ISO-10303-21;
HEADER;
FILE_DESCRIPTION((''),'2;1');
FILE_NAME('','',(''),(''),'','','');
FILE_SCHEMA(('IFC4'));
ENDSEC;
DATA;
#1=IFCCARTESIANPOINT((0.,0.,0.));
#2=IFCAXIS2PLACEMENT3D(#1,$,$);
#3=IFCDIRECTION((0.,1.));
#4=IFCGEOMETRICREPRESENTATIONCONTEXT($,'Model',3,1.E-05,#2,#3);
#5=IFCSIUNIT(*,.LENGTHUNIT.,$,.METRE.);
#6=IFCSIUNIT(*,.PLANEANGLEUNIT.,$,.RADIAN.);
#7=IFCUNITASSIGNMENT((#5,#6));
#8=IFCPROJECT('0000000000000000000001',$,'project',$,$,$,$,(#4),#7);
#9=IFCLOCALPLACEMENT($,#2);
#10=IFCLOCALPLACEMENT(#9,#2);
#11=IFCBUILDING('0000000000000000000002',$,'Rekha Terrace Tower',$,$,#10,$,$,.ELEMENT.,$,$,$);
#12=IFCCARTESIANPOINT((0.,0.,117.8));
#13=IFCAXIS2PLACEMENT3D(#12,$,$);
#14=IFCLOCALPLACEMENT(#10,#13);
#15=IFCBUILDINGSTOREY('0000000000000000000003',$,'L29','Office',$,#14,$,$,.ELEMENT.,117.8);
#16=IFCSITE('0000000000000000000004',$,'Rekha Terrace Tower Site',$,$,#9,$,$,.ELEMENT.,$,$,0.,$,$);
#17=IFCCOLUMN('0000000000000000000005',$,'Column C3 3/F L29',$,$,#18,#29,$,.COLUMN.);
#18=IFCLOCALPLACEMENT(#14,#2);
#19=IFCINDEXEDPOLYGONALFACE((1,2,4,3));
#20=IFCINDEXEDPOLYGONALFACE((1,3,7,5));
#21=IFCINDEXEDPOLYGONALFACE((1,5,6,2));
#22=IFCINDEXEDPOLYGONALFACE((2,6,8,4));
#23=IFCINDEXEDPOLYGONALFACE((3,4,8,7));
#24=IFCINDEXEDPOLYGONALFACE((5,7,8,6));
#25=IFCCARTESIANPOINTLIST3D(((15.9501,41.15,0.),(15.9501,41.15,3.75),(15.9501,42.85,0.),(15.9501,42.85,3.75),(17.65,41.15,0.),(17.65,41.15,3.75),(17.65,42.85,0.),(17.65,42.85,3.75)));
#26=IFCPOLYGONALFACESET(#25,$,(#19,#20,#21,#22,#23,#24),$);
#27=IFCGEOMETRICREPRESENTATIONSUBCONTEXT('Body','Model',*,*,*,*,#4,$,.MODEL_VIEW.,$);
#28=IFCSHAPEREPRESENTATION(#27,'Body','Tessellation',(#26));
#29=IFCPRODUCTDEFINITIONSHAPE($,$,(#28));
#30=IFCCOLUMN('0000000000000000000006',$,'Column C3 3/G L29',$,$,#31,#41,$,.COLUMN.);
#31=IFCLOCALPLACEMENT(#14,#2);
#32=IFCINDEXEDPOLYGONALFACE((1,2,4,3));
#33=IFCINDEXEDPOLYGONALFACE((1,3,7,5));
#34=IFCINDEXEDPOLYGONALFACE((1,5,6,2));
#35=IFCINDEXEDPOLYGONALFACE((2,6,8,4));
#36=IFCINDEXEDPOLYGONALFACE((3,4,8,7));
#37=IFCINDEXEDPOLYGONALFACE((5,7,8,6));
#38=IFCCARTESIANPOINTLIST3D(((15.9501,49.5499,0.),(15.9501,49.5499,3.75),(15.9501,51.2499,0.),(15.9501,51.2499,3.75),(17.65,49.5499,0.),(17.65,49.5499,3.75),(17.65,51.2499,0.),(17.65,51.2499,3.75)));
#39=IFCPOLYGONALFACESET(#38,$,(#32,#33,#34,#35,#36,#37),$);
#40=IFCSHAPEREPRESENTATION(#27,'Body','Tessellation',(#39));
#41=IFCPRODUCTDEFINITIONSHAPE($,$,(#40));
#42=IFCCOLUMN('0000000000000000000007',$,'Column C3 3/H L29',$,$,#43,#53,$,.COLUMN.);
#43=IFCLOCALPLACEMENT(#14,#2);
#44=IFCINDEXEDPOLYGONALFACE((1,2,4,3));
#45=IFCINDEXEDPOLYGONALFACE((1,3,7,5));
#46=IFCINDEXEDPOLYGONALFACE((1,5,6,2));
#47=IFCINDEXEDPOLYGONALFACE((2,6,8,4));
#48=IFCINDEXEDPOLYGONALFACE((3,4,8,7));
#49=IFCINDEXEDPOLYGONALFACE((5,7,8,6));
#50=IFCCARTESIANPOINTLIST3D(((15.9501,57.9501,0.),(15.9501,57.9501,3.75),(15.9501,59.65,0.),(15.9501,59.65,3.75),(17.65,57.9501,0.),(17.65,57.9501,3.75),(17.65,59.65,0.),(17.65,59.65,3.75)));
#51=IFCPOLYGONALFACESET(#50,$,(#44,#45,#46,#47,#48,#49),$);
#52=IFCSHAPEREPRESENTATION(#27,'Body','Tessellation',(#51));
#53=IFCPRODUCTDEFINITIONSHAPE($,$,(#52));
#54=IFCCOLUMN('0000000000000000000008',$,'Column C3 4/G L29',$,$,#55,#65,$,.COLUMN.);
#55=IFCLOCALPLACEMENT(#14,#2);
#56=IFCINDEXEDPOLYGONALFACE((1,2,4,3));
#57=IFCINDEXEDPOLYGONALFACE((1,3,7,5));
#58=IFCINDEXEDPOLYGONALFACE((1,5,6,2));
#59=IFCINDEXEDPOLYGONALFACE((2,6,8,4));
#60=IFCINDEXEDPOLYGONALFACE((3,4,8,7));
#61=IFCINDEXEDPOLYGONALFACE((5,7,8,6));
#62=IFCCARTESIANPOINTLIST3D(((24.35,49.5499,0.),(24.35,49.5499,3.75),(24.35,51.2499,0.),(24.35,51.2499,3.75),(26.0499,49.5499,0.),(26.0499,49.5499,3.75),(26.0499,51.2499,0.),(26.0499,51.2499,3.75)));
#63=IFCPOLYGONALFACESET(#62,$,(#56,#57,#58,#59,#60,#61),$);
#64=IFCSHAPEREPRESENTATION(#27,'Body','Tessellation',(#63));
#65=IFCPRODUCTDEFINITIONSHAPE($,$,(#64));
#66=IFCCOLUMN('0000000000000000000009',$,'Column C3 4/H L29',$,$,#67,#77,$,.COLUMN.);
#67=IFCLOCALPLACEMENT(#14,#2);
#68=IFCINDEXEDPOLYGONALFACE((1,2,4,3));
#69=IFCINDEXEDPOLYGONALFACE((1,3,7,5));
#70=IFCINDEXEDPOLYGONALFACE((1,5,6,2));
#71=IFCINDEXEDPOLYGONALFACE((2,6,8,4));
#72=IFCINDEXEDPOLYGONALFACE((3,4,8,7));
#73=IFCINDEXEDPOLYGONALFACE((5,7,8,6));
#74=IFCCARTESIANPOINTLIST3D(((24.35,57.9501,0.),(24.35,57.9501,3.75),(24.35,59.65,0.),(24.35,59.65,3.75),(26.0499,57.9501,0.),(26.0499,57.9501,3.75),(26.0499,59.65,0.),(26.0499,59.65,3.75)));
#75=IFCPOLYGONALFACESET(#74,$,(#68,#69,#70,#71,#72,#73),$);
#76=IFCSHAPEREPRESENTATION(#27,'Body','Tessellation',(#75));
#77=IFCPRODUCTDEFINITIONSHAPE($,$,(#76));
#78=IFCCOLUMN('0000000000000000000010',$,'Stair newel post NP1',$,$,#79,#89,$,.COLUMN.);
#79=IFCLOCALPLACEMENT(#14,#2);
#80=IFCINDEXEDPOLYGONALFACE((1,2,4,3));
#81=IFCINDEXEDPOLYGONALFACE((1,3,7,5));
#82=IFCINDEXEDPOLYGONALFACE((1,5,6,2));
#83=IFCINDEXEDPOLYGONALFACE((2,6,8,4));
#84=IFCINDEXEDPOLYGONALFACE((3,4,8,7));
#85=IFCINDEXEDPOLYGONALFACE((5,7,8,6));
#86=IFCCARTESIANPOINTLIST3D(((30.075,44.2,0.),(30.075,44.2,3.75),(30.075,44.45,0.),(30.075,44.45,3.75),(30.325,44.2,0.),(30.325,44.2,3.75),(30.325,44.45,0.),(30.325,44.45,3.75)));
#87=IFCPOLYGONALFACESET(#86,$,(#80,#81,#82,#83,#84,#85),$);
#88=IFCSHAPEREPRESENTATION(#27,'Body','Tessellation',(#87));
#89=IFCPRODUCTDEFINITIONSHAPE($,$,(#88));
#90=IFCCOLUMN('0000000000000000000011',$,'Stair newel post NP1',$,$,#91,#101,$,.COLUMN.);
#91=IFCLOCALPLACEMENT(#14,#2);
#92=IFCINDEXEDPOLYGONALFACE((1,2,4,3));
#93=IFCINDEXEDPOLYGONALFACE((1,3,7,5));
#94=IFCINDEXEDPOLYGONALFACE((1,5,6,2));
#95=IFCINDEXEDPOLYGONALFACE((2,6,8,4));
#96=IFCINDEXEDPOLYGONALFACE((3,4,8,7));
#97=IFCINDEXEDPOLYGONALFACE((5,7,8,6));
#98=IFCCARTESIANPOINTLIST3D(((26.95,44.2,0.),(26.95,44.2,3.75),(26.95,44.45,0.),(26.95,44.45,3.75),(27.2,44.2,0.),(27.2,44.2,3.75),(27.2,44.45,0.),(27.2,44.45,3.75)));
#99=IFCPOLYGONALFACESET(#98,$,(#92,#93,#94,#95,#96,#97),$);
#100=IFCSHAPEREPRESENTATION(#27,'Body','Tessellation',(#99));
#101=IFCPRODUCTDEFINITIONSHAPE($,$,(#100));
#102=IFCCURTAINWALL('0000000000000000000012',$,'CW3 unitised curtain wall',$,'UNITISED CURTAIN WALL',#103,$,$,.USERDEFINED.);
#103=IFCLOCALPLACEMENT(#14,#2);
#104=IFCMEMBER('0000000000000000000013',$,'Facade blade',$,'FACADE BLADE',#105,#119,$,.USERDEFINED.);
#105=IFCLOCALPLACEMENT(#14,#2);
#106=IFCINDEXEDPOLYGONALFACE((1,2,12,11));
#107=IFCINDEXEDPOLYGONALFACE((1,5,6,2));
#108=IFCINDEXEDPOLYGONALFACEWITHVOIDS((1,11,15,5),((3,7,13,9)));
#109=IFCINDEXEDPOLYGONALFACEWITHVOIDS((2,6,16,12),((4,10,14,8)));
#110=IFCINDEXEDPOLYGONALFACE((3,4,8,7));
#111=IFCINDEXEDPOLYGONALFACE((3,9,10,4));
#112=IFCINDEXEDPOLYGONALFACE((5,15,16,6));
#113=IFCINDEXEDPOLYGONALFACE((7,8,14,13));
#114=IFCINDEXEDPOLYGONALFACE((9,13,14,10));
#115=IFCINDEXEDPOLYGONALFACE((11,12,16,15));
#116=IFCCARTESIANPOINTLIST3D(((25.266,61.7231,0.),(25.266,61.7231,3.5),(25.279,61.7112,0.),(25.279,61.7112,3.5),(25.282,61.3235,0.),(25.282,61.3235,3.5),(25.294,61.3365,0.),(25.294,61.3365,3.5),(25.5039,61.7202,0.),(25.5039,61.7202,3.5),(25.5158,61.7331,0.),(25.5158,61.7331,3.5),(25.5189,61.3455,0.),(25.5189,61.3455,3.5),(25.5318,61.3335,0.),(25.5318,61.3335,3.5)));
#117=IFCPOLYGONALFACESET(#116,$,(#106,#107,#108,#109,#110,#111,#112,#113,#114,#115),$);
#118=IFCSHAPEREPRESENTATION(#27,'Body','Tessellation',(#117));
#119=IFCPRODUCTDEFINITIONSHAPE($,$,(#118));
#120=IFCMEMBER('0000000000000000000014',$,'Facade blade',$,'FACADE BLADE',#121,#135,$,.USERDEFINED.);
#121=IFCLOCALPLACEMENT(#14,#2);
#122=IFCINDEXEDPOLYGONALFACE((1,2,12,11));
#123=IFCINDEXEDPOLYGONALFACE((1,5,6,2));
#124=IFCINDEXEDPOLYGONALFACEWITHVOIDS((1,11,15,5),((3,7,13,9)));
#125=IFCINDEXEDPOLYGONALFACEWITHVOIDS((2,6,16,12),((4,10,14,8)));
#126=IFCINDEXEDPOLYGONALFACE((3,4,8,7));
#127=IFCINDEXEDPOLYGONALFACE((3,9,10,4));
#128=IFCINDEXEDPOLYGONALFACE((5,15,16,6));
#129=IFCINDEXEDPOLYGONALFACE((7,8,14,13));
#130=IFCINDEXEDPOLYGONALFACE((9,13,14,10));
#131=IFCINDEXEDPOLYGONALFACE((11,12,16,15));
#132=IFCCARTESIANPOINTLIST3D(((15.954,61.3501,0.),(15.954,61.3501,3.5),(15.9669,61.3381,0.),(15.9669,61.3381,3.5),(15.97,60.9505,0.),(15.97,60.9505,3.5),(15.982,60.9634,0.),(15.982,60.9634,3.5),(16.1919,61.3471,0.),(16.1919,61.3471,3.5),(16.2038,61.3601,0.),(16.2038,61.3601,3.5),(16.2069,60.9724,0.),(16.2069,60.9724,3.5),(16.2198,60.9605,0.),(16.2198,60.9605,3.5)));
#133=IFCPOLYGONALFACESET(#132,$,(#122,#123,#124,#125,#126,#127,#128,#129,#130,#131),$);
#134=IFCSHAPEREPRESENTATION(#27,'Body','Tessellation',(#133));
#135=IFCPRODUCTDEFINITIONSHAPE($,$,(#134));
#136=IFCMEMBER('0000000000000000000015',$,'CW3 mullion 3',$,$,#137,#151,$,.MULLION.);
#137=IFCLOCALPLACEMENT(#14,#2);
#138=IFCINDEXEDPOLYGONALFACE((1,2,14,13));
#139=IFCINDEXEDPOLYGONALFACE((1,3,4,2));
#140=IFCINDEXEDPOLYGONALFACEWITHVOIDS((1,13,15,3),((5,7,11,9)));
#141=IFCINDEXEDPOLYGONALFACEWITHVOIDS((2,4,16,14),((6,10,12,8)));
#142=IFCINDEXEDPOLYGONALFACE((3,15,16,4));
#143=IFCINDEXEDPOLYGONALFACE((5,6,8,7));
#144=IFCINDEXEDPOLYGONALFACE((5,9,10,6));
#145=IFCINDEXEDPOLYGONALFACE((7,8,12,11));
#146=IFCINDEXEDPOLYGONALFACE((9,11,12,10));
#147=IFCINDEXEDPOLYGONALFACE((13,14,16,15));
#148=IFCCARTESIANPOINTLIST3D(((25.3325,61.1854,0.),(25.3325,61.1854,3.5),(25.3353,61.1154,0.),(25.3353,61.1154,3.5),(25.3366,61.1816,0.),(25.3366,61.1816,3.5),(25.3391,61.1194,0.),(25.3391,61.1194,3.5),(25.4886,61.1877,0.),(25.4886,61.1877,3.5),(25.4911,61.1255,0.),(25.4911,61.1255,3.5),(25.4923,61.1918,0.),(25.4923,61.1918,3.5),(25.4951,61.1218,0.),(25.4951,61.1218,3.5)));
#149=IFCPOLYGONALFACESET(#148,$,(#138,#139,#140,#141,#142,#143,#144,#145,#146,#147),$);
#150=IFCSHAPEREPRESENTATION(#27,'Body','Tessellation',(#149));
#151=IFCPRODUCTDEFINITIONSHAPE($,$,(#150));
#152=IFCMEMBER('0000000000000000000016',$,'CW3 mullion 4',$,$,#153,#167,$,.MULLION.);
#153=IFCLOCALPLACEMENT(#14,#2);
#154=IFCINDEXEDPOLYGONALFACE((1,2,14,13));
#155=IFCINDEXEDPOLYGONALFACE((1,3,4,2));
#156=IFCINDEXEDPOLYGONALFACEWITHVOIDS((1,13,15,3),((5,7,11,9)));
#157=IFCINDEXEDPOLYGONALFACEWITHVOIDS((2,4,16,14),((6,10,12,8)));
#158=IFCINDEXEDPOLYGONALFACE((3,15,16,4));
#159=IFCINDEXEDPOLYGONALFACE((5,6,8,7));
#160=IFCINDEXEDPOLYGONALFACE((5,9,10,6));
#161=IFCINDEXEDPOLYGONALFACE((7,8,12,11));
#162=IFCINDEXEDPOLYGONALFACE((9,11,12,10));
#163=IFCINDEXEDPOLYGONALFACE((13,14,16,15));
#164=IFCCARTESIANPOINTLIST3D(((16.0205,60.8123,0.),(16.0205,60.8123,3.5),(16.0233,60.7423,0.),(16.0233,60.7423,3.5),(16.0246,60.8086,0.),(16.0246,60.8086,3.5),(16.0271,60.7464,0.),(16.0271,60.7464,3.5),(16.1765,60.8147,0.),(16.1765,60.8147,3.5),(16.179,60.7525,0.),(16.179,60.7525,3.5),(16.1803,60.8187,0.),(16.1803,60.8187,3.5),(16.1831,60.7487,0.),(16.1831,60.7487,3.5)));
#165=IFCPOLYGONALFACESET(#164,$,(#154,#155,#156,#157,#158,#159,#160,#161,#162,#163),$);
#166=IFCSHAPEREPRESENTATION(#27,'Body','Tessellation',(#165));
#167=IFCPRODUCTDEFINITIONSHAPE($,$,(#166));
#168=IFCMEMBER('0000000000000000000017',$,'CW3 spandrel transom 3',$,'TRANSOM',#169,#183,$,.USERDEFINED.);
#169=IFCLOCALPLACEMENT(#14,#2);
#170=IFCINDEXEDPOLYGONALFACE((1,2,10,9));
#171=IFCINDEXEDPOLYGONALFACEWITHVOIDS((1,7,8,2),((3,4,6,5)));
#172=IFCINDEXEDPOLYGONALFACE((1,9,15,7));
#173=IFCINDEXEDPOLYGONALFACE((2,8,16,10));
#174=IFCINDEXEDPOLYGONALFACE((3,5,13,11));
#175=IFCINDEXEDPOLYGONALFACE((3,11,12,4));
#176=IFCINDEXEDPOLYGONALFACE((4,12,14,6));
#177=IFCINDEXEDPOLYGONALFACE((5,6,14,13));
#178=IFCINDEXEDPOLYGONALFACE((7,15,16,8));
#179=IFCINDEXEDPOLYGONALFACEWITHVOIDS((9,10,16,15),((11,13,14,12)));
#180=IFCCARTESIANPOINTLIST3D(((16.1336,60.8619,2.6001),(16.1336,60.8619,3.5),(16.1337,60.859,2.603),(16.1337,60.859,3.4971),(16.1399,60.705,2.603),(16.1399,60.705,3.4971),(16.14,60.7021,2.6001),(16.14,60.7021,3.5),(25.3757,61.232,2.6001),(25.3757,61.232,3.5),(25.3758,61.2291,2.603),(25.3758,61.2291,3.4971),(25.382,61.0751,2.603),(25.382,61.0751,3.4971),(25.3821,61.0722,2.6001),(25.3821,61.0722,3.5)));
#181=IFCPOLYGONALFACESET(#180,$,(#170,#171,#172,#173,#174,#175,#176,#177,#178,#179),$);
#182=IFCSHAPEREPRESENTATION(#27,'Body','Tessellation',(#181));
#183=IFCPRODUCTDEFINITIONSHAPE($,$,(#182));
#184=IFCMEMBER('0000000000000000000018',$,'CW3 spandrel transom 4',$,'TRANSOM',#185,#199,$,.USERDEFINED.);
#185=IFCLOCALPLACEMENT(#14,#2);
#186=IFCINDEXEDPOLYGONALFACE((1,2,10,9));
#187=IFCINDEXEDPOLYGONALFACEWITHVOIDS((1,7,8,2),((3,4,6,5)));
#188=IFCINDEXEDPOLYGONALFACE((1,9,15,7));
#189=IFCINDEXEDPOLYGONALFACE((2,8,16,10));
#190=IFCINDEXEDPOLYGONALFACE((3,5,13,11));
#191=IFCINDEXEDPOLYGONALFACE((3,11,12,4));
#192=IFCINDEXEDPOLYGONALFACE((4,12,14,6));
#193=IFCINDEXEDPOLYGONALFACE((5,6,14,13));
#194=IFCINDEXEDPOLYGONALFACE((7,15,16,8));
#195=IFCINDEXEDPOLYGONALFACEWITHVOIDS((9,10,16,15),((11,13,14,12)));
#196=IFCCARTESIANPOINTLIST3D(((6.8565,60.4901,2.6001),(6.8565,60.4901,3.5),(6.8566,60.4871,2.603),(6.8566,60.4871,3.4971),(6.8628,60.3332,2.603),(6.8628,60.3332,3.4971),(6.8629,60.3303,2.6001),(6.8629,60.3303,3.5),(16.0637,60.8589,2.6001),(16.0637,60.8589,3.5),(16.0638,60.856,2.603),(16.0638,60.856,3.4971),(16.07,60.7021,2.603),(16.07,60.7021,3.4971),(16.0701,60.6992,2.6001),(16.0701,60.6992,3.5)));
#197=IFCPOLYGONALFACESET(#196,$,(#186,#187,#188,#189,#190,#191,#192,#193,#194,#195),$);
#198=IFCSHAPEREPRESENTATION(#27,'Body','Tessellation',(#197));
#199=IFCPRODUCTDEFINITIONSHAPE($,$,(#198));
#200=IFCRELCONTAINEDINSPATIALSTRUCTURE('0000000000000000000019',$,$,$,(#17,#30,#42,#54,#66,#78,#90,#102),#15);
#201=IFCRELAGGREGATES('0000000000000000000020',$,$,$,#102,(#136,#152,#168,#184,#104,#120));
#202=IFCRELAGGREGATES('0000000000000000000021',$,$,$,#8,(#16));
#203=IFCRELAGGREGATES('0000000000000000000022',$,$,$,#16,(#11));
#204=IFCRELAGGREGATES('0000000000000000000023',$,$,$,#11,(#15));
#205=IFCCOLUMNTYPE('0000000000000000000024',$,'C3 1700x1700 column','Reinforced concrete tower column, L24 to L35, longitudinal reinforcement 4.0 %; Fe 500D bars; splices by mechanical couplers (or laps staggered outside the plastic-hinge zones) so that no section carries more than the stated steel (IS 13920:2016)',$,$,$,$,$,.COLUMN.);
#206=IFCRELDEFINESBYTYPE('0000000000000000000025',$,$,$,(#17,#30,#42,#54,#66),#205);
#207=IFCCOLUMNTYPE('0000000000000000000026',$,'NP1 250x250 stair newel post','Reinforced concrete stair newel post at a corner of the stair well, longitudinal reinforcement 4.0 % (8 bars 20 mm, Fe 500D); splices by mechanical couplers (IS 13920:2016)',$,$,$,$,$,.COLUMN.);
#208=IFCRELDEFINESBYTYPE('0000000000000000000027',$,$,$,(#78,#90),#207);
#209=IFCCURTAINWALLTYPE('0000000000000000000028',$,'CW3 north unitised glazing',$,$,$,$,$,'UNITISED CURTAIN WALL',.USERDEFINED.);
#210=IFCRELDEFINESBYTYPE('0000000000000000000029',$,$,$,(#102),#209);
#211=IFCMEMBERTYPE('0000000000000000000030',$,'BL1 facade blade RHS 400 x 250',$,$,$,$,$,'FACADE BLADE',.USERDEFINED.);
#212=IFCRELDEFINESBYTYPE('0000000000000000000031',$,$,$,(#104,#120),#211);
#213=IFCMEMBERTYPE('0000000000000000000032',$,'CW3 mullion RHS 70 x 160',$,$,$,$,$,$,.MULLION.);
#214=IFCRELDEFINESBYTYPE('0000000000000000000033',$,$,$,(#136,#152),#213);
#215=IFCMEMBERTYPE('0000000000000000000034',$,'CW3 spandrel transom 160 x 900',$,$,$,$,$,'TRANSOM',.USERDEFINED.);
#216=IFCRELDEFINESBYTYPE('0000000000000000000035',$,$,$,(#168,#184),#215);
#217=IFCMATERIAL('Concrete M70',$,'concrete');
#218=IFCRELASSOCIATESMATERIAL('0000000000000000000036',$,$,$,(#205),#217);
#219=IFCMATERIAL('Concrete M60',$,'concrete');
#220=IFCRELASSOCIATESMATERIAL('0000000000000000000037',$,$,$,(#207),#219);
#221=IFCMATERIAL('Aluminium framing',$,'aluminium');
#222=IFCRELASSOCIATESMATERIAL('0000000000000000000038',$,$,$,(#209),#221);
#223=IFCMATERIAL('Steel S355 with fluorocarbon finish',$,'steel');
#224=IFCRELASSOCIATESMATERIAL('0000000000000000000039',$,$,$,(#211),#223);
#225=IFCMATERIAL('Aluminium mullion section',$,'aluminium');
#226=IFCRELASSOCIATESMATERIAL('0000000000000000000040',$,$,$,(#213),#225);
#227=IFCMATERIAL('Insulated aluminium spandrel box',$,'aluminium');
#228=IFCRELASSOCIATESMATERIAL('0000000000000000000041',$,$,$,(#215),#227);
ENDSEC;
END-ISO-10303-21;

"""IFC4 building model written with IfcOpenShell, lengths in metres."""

from ifc_helpers import new_model, si_unit, direction, frame, origin, origin_2d, place, context, subcontext, project, spatial, rectangle, hollow_rectangle, extrude, material, material_profile, profile_set, type_object, element, aggregate, save


model = new_model("IFC4")

# Units and contexts
model_context = context("Model", 3, precision=1e-05, world=origin(), true_north=direction((0.0, 1.0)))
body_context = subcontext(model_context, "Body", "Model", "MODEL_VIEW")
ifc_project = project(units=[si_unit("LENGTHUNIT", "METRE"), si_unit("PLANEANGLEUNIT", "RADIAN")], contexts=[model_context])

# Site, building, storey
site_placement = place(None, origin())
site = spatial("IfcSite", under=ifc_project, at=site_placement, Name="Rekha Terrace Tower Site", CompositionType="ELEMENT", RefElevation=0.0)
building_placement = place(site_placement, origin())
building = spatial("IfcBuilding", under=site, at=building_placement, Name="Rekha Terrace Tower", CompositionType="ELEMENT")
storey_placement = place(building_placement, frame((0.0, 0.0, 117.8)))
storey = spatial("IfcBuildingStorey", under=building, at=storey_placement, Name="L29", Description="Office", CompositionType="ELEMENT", Elevation=117.8)

# Columns
ifc_material_1 = material(Name="Concrete M70", Category="concrete")
ifc_material_profile_1 = material_profile(ifc_material_1, rectangle(XDim=1.7, YDim=1.7, at=origin_2d()), Name="RC 1700x1700")
ifc_profile_set_1 = profile_set([ifc_material_profile_1], Name="Concrete M70")
column_type_1 = type_object("IfcColumnType", Name="C3 1700x1700 column", Description="Reinforced concrete tower column, L24 to L35, longitudinal reinforcement 4.0 %; Fe 500D bars; splices by mechanical couplers (or laps staggered outside the plastic-hinge zones) so that no section carries more than the stated steel (IS 13920:2016)", PredefinedType="COLUMN", material=ifc_profile_set_1)
for number, where, z_axis, x_axis, name in (
    (1, (16.8, 42.0, 0.0), (0.0, 0.0, 1.0), (1.0, 0.0, 0.0), "Column C3 3/F L29"),
    (2, (16.8, 50.3999, 0.0), (0.0, 0.0, 1.0), (1.0, 0.0, 0.0), "Column C3 3/G L29"),
    (3, (16.8, 58.8, 0.0), (0.0, 0.0, 1.0), (1.0, 0.0, 0.0), "Column C3 3/H L29"),
    (4, (25.2, 50.3999, 0.0), (0.0, 0.0, 1.0), (1.0, 0.0, 0.0), "Column C3 4/G L29"),
    (5, (25.2, 58.8, 0.0), (0.0, 0.0, 1.0), (1.0, 0.0, 0.0), "Column C3 4/H L29"),
):
    element("IfcColumn", number, at=place(storey_placement, frame(where, z_axis=z_axis, x_axis=x_axis)), inside=storey, type_object=column_type_1, Name=name, PredefinedType="COLUMN", context=body_context, shape_type="SweptSolid", body=[
        extrude(rectangle(XDim=1.7, YDim=1.7, at=origin_2d()), origin(), (0.0, 0.0, 1.0), 3.75),
    ])
ifc_material_2 = material(Name="Concrete M60", Category="concrete")
ifc_material_profile_2 = material_profile(ifc_material_2, rectangle(XDim=0.25, YDim=0.25, at=origin_2d()), Name="RC 250x250")
ifc_profile_set_2 = profile_set([ifc_material_profile_2], Name="Concrete M60")
column_type_2 = type_object("IfcColumnType", Name="NP1 250x250 stair newel post", Description="Reinforced concrete stair newel post at a corner of the stair well, longitudinal reinforcement 4.0 % (8 bars 20 mm, Fe 500D); splices by mechanical couplers (IS 13920:2016)", PredefinedType="COLUMN", material=ifc_profile_set_2)
for number, where, z_axis, x_axis, name in (
    (6, (30.2, 44.325, 0.0), (0.0, 0.0, 1.0), (1.0, 0.0, 0.0), "Stair newel post NP1"),
    (7, (27.075, 44.325, 0.0), (0.0, 0.0, 1.0), (1.0, 0.0, 0.0), "Stair newel post NP1"),
):
    element("IfcColumn", number, at=place(storey_placement, frame(where, z_axis=z_axis, x_axis=x_axis)), inside=storey, type_object=column_type_2, Name=name, PredefinedType="COLUMN", context=body_context, shape_type="SweptSolid", body=[
        extrude(rectangle(XDim=0.25, YDim=0.25, at=origin_2d()), origin(), (0.0, 0.0, 1.0), 3.75),
    ])

# Curtain wall, members
ifc_material_3 = material(Name="Aluminium framing", Category="aluminium")
curtain_wall_type = type_object("IfcCurtainWallType", Name="CW3 north unitised glazing", ElementType="UNITISED CURTAIN WALL", PredefinedType="USERDEFINED", material=ifc_material_3)
curtain_wall_placement = place(storey_placement, origin())
curtain_wall = element("IfcCurtainWall", 8, at=curtain_wall_placement, inside=storey, type_object=curtain_wall_type, Name="CW3 unitised curtain wall", ObjectType="UNITISED CURTAIN WALL", PredefinedType="USERDEFINED")
ifc_material_4 = material(Name="Steel S355 with fluorocarbon finish", Category="steel")
ifc_material_profile_3 = material_profile(ifc_material_4, hollow_rectangle(XDim=0.25, YDim=0.3999, WallThickness=0.0125, at=origin_2d()), Name="RHS400x250x12.5")
ifc_profile_set_3 = profile_set([ifc_material_profile_3], Name="Steel S355 with fluorocarbon finish")
member_type_1 = type_object("IfcMemberType", Name="BL1 facade blade RHS 400 x 250", ElementType="FACADE BLADE", PredefinedType="USERDEFINED", material=ifc_profile_set_3)
member_1_placement = place(storey_placement, frame((25.3989, 61.5283, 0.0), z_axis=(0.0, 0.0, 1.0), x_axis=(-0.999198, -0.040032, 0.0)))
member_1 = element("IfcMember", 9, at=member_1_placement, type_object=member_type_1, Name="Facade blade", ObjectType="FACADE BLADE", PredefinedType="USERDEFINED", context=body_context, shape_type="SweptSolid", body=[
    extrude(hollow_rectangle(XDim=0.25, YDim=0.3999, WallThickness=0.0125, at=origin_2d()), origin(), (0.0, 0.0, 1.0), 3.5),
])
member_2_placement = place(storey_placement, frame((16.0869, 61.1553, 0.0), z_axis=(0.0, 0.0, 1.0), x_axis=(-0.999198, -0.040032, 0.0)))
member_2 = element("IfcMember", 10, at=member_2_placement, type_object=member_type_1, Name="Facade blade", ObjectType="FACADE BLADE", PredefinedType="USERDEFINED", context=body_context, shape_type="SweptSolid", body=[
    extrude(hollow_rectangle(XDim=0.25, YDim=0.3999, WallThickness=0.0125, at=origin_2d()), origin(), (0.0, 0.0, 1.0), 3.5),
])
ifc_material_5 = material(Name="Aluminium mullion section", Category="aluminium")
ifc_material_profile_4 = material_profile(ifc_material_5, hollow_rectangle(XDim=0.0701, YDim=0.1599, WallThickness=0.0039, at=origin_2d()), Name="AL RHS 70x160")
ifc_profile_set_4 = profile_set([ifc_material_profile_4], Name="Aluminium mullion section")
member_type_2 = type_object("IfcMemberType", Name="CW3 mullion RHS 70 x 160", PredefinedType="MULLION", material=ifc_profile_set_4)
member_3_placement = place(storey_placement, frame((25.4138, 61.1536, 0.0), z_axis=(0.0, 0.0, 1.0), x_axis=(0.040032, -0.999198, 0.0)))
member_3 = element("IfcMember", 11, at=member_3_placement, type_object=member_type_2, Name="CW3 mullion 3", PredefinedType="MULLION", context=body_context, shape_type="SweptSolid", body=[
    extrude(hollow_rectangle(XDim=0.0701, YDim=0.1599, WallThickness=0.0039, at=origin_2d()), origin(), (0.0, 0.0, 1.0), 3.5),
])
member_4_placement = place(storey_placement, frame((16.1018, 60.7805, 0.0), z_axis=(0.0, 0.0, 1.0), x_axis=(0.040032, -0.999198, 0.0)))
member_4 = element("IfcMember", 12, at=member_4_placement, type_object=member_type_2, Name="CW3 mullion 4", PredefinedType="MULLION", context=body_context, shape_type="SweptSolid", body=[
    extrude(hollow_rectangle(XDim=0.0701, YDim=0.1599, WallThickness=0.0039, at=origin_2d()), origin(), (0.0, 0.0, 1.0), 3.5),
])
ifc_material_6 = material(Name="Insulated aluminium spandrel box", Category="aluminium")
ifc_material_profile_5 = material_profile(ifc_material_6, hollow_rectangle(XDim=0.1599, YDim=0.8999, WallThickness=0.0029, at=origin_2d()), Name="AL SPANDREL BOX 160x900")
ifc_profile_set_5 = profile_set([ifc_material_profile_5], Name="Insulated aluminium spandrel box")
member_type_3 = type_object("IfcMemberType", Name="CW3 spandrel transom 160 x 900", ElementType="TRANSOM", PredefinedType="USERDEFINED", material=ifc_profile_set_5)
member_5_placement = place(storey_placement, frame((25.3789, 61.1521, 3.05), z_axis=(-0.999199, -0.040014, 0.0), x_axis=(0.040014, -0.999199, 0.0)))
member_5 = element("IfcMember", 13, at=member_5_placement, type_object=member_type_3, Name="CW3 spandrel transom 3", ObjectType="TRANSOM", PredefinedType="USERDEFINED", context=body_context, shape_type="SweptSolid", body=[
    extrude(hollow_rectangle(XDim=0.1599, YDim=0.8999, WallThickness=0.0029, at=origin_2d()), origin(), (0.0, 0.0, 1.0), 9.2495),
])
member_6_placement = place(storey_placement, frame((16.0669, 60.7791, 3.05), z_axis=(-0.999198, -0.040034, 0.0), x_axis=(0.040034, -0.999198, 0.0)))
member_6 = element("IfcMember", 14, at=member_6_placement, type_object=member_type_3, Name="CW3 spandrel transom 4", ObjectType="TRANSOM", PredefinedType="USERDEFINED", context=body_context, shape_type="SweptSolid", body=[
    extrude(hollow_rectangle(XDim=0.1599, YDim=0.8999, WallThickness=0.0029, at=origin_2d()), origin(), (0.0, 0.0, 1.0), 9.2146),
])
aggregate(curtain_wall, [member_3, member_4, member_5, member_6, member_1, member_2])

save(model, "model.ifc")
